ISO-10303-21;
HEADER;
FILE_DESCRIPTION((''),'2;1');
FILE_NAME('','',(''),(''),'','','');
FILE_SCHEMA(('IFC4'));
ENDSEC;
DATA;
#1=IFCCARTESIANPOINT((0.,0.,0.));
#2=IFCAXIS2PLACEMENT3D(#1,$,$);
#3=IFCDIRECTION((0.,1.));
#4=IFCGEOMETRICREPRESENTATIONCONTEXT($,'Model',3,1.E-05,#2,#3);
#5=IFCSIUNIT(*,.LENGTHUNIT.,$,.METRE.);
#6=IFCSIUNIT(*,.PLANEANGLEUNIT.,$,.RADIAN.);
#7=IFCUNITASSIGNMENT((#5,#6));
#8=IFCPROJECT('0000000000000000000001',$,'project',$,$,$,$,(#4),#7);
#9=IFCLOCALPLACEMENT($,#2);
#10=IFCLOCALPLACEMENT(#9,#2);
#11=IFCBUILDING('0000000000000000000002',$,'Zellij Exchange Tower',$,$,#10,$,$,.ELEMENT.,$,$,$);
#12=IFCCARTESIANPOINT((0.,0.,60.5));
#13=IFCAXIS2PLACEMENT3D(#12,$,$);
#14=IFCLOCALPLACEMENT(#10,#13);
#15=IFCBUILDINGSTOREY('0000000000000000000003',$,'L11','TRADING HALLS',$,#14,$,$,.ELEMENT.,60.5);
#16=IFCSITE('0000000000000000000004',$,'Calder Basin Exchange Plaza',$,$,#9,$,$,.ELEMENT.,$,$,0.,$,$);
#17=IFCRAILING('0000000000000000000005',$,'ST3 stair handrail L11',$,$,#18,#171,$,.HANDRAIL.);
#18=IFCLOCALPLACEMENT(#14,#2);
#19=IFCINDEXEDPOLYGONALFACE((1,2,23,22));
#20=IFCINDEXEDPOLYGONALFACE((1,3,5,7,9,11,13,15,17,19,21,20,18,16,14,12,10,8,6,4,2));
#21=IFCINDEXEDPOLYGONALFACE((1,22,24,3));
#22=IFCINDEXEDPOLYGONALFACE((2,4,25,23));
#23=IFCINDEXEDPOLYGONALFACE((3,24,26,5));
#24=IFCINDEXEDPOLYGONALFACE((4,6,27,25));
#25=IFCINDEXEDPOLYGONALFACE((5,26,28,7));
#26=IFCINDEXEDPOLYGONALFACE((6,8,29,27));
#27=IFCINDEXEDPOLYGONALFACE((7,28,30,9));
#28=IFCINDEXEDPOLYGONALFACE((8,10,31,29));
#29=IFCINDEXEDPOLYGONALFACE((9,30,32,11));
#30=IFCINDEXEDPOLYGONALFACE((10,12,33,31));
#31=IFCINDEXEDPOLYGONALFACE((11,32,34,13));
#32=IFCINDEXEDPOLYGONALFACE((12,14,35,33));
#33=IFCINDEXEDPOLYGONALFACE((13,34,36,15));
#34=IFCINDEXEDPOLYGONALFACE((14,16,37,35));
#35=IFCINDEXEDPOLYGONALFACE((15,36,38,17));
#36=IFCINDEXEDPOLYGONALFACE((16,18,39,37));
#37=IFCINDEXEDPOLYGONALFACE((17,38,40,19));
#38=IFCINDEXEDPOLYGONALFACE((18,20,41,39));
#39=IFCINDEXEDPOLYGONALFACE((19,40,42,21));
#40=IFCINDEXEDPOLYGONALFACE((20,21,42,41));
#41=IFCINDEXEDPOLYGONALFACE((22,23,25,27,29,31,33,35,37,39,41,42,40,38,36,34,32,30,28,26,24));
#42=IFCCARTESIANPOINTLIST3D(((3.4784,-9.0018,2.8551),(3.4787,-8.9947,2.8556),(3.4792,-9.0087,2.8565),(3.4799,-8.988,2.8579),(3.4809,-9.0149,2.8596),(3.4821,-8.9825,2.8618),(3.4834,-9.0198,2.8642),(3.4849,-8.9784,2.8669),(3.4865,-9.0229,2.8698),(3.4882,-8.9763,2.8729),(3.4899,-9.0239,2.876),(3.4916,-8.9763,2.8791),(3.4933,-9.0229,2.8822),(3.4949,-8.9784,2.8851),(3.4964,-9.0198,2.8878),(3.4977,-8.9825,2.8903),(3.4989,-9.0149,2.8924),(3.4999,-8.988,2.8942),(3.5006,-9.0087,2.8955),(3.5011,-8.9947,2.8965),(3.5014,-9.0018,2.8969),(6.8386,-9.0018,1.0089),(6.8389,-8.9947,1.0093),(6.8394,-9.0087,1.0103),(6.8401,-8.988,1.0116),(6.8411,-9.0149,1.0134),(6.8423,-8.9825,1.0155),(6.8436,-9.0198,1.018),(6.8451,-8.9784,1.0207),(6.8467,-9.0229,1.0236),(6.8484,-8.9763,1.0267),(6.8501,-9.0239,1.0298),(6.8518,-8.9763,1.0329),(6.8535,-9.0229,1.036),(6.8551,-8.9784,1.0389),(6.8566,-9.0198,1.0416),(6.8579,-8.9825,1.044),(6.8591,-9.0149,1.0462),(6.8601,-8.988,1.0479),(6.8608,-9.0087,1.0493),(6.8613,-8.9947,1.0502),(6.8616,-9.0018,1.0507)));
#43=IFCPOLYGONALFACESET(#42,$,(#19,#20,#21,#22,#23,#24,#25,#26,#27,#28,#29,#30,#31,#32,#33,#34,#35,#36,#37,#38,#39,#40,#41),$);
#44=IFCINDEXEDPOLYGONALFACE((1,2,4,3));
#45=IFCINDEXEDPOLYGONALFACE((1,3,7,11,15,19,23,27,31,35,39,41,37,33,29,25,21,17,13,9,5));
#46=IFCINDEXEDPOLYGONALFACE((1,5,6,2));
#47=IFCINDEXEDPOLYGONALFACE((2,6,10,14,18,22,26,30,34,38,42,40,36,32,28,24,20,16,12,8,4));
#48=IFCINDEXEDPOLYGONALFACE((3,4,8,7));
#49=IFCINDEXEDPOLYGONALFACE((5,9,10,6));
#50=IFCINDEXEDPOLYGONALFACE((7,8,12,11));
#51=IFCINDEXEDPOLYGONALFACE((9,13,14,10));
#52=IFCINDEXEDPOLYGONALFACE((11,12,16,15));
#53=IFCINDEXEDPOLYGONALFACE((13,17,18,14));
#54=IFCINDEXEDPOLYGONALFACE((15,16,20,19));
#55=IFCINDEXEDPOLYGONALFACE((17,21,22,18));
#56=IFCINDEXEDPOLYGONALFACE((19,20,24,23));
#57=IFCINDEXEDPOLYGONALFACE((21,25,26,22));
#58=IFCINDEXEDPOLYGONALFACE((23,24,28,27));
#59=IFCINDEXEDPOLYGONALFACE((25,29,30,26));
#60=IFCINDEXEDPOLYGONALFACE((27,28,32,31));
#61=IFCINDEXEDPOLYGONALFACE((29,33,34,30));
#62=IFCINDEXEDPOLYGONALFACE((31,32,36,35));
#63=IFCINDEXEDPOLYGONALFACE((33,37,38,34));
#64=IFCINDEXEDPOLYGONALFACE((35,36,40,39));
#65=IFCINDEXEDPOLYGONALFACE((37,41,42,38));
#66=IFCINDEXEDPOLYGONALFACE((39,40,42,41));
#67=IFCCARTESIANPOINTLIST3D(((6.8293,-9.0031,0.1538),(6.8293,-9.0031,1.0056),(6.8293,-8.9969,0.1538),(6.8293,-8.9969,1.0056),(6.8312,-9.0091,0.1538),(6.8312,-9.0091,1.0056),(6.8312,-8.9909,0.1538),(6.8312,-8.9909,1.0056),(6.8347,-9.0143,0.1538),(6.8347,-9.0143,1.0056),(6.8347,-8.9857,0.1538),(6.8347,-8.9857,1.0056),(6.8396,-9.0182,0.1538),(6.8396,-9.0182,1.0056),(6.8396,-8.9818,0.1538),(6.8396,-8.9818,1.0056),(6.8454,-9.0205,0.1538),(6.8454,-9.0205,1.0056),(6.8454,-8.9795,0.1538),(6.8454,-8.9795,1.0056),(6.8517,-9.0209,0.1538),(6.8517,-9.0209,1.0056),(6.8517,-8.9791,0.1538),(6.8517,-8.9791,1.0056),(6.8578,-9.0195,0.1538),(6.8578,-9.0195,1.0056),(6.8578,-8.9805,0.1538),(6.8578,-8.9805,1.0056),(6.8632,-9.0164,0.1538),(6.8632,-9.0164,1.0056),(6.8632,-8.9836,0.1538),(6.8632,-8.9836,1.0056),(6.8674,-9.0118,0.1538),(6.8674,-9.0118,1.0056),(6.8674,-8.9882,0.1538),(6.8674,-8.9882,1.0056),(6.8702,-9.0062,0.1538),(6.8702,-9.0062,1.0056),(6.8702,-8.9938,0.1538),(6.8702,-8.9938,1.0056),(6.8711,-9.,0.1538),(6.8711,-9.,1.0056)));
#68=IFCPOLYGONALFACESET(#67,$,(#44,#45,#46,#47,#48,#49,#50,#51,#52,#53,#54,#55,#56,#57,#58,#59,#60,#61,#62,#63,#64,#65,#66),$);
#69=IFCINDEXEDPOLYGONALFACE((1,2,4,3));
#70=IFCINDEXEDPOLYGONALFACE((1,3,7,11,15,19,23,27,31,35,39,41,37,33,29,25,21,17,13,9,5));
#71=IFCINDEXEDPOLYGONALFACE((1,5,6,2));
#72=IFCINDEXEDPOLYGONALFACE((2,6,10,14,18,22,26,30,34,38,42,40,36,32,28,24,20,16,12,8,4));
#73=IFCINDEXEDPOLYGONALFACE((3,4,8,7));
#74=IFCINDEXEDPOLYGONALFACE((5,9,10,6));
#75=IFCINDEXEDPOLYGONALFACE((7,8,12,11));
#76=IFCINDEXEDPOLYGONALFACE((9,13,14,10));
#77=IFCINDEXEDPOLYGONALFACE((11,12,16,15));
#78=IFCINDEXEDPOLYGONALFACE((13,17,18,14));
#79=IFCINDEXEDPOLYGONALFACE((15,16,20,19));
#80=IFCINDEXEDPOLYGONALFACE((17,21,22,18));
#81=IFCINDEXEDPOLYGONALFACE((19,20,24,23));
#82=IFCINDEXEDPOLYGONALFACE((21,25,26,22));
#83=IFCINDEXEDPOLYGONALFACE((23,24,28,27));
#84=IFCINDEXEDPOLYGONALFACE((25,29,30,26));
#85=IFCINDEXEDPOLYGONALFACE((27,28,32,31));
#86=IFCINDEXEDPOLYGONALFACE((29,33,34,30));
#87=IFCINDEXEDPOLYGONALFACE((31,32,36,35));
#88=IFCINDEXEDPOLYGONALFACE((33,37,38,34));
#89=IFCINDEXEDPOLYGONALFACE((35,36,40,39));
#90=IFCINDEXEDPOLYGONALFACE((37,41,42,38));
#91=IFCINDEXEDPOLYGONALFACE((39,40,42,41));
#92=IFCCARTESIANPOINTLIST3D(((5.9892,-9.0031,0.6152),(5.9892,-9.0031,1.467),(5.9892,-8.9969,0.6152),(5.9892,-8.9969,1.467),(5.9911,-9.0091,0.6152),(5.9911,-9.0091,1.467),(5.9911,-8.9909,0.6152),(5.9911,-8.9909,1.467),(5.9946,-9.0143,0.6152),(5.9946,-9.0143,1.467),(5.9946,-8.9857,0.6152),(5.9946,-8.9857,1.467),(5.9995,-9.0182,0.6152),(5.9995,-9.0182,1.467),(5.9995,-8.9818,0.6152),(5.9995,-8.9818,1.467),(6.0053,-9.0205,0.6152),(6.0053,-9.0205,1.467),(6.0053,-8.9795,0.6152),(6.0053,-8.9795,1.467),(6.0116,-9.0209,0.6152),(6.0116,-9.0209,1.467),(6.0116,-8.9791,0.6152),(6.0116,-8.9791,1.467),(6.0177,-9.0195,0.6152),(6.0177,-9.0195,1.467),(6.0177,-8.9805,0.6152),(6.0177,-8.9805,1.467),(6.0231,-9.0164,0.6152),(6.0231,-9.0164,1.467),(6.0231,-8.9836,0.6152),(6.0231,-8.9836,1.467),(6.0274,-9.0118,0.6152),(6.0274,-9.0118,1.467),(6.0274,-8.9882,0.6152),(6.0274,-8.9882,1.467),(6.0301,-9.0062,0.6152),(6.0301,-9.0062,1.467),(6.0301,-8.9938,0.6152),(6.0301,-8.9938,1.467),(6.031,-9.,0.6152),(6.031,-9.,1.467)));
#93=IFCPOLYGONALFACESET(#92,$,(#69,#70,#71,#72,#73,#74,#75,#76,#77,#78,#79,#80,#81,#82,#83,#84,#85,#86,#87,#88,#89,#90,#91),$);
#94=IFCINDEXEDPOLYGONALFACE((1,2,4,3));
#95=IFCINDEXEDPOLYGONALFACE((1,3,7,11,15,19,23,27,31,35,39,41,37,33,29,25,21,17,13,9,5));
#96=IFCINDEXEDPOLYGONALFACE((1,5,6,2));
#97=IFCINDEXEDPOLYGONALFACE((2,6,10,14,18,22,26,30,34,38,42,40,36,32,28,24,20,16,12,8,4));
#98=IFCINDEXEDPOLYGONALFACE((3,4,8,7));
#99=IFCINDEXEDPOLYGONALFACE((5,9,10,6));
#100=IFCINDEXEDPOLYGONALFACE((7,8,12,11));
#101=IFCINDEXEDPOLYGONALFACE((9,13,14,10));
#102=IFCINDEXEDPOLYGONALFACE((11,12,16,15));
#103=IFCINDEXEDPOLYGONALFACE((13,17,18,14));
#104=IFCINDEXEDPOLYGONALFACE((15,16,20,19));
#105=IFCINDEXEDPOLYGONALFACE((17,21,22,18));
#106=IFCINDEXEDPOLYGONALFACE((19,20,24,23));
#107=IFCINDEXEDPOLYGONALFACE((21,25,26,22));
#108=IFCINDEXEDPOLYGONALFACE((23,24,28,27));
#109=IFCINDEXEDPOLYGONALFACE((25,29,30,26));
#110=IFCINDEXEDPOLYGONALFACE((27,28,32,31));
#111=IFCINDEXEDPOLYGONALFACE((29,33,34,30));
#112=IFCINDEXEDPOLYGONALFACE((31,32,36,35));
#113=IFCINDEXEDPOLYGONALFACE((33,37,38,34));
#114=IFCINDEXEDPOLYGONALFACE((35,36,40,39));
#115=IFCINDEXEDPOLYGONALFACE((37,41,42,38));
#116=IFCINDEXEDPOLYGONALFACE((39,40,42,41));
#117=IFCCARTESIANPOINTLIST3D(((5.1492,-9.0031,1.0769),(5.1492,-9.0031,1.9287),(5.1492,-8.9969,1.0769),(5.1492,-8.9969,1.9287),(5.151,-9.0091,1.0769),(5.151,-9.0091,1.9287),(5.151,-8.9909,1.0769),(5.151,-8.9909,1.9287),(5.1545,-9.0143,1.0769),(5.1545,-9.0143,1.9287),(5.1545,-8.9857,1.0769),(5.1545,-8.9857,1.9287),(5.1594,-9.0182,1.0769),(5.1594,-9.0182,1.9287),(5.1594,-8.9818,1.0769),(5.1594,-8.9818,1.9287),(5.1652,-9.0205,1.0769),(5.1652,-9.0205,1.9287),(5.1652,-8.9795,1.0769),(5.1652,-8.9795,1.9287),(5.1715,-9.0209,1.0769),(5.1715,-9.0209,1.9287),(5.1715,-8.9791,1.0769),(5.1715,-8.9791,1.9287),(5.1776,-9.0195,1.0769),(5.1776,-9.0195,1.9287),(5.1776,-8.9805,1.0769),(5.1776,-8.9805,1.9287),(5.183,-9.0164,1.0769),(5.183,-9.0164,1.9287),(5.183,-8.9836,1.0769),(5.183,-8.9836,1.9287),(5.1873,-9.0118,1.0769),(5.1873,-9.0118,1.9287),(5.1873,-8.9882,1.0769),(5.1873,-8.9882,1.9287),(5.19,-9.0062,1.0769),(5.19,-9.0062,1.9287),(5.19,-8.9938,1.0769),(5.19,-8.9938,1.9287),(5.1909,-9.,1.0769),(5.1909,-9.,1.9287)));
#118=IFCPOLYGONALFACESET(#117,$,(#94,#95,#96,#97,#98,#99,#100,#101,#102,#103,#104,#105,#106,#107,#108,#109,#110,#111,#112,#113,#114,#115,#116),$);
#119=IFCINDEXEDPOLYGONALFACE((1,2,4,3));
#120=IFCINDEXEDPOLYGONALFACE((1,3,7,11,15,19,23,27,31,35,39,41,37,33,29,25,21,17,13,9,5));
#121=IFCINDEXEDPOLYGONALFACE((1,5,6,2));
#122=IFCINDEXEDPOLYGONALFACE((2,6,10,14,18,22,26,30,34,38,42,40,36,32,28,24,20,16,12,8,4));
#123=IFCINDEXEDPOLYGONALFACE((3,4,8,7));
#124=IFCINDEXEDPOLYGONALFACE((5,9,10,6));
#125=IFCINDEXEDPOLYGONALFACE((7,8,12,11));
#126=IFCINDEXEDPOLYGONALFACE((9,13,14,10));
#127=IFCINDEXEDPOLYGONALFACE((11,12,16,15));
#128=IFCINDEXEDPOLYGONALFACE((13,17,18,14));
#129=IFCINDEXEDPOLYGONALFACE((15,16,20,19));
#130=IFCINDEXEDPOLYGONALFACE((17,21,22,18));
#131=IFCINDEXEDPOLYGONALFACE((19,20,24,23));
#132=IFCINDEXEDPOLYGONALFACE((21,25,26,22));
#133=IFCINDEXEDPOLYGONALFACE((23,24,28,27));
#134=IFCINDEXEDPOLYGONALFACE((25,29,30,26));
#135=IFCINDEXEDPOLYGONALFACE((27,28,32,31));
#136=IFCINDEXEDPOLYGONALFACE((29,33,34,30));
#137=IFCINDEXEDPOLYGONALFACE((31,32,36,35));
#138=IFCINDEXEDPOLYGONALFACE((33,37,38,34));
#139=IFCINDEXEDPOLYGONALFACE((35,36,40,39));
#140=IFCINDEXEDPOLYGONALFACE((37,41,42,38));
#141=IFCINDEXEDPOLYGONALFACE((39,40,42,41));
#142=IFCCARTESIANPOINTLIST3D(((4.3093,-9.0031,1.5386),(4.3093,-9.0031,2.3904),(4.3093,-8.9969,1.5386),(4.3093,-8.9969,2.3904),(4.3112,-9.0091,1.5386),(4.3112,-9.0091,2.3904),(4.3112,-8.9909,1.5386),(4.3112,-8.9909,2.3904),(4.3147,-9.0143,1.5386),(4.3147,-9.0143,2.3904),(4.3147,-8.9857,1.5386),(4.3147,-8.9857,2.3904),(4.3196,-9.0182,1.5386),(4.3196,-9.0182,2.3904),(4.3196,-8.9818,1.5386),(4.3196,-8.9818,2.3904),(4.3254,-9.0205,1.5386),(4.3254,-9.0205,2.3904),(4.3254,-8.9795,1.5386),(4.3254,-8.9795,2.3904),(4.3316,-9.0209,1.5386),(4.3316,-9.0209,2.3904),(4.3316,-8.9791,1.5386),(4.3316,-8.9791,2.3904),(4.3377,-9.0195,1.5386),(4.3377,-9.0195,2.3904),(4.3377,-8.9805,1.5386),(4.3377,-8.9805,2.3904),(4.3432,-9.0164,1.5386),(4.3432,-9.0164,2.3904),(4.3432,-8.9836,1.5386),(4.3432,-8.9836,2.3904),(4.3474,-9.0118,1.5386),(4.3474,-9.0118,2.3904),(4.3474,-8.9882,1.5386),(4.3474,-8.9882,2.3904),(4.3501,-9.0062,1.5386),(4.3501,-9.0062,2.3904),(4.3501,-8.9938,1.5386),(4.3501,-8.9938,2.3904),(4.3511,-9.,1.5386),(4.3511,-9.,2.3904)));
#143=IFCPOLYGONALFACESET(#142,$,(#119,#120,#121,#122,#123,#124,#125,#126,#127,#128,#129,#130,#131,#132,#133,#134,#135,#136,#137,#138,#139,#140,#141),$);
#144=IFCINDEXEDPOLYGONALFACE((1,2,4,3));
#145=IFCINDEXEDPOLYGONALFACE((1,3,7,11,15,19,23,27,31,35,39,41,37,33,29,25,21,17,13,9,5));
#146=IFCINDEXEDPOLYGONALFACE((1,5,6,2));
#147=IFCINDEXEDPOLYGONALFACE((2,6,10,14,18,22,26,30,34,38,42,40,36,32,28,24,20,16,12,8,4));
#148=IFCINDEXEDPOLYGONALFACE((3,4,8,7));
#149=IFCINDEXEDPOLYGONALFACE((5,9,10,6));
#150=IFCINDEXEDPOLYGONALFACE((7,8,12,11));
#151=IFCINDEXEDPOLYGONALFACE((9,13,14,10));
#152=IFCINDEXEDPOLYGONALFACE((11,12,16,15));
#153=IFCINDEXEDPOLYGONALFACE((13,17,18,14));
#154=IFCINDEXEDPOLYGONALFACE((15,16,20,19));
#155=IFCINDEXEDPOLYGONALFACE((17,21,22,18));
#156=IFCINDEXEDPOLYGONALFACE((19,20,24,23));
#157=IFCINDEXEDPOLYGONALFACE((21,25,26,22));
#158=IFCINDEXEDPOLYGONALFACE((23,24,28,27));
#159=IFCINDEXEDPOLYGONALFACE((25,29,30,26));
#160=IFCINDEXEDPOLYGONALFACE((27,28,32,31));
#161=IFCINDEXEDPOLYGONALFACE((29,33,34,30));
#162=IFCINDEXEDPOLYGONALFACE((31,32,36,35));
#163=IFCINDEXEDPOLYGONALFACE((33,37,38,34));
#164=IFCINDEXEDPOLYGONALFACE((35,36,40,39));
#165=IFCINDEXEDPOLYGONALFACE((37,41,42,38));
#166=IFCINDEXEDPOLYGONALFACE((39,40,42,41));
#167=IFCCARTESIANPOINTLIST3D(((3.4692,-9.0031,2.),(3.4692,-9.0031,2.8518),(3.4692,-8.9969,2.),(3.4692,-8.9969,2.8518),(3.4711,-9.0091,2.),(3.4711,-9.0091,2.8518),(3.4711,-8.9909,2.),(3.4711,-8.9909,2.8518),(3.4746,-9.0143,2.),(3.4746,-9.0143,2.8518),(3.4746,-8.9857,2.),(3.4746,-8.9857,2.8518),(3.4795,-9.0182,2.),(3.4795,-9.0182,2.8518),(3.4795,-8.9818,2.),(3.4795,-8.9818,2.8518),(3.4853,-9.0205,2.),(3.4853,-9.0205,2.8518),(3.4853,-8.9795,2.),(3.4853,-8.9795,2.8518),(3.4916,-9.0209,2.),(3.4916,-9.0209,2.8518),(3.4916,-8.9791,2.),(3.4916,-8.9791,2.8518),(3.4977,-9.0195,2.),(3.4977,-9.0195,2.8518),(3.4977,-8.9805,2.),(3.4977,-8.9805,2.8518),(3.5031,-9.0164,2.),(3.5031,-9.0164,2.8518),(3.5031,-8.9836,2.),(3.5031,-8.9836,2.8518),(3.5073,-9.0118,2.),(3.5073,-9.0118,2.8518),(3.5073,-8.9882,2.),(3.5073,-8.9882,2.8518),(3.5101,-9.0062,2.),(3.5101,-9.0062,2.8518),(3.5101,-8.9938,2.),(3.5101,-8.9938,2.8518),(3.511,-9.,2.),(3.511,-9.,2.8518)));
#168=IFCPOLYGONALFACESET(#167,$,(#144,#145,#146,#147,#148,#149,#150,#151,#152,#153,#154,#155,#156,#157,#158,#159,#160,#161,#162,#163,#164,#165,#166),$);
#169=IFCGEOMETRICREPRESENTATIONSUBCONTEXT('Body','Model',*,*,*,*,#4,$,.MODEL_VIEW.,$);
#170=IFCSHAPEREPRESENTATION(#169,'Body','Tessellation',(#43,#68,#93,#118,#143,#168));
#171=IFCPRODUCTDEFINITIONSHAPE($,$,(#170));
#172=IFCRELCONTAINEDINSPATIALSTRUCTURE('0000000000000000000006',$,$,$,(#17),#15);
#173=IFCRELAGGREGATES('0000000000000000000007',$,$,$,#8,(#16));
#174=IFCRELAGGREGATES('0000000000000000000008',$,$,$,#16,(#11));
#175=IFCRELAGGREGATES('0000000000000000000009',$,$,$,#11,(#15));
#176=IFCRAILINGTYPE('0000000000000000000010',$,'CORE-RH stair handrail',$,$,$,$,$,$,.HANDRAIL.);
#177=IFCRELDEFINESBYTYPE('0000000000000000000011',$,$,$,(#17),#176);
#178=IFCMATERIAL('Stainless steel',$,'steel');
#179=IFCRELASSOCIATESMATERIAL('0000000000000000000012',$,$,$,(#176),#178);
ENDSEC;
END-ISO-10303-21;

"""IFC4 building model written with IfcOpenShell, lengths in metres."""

from ifc_helpers import new_model, si_unit, direction, frame, origin, origin_2d, place, context, subcontext, project, spatial, circle, extrude, material, type_object, element, save


model = new_model("IFC4")

# Units and contexts
model_context = context("Model", 3, precision=1e-05, world=origin(), true_north=direction((0.0, 1.0)))
body_context = subcontext(model_context, "Body", "Model", "MODEL_VIEW")
ifc_project = project(units=[si_unit("LENGTHUNIT", "METRE"), si_unit("PLANEANGLEUNIT", "RADIAN")], contexts=[model_context])

# Site, building, storey
site_placement = place(None, origin())
site = spatial("IfcSite", under=ifc_project, at=site_placement, Name="Calder Basin Exchange Plaza", CompositionType="ELEMENT", RefElevation=0.0)
building_placement = place(site_placement, origin())
building = spatial("IfcBuilding", under=site, at=building_placement, Name="Zellij Exchange Tower", CompositionType="ELEMENT")
storey_placement = place(building_placement, frame((0.0, 0.0, 60.5)))
storey = spatial("IfcBuildingStorey", under=building, at=storey_placement, Name="L11", Description="TRADING HALLS", CompositionType="ELEMENT", Elevation=60.5)

# Railing
ifc_material_1 = material(Name="Stainless steel", Category="steel")
railing_type_1 = type_object("IfcRailingType", Name="CORE-RH stair handrail", PredefinedType="HANDRAIL", material=ifc_material_1)
railing_1_placement = place(storey_placement, frame((6.8501, -9.0, 0.1538)))
element("IfcRailing", 1, at=railing_1_placement, inside=storey, type_object=railing_type_1, Name="ST3 stair handrail L11", PredefinedType="HANDRAIL", context=body_context, shape_type="SweptSolid", body=[
    extrude(circle(Radius=0.0239, at=origin_2d()), frame((0.0, 0.0, 0.876), z_axis=(-0.876422, 0.0, 0.481545), x_axis=(0.0, -1.0, 0.0)), (0.0, 0.0, 1.0), 3.834),
    extrude(circle(Radius=0.021, at=origin_2d()), origin(), (0.0, 0.0, 1.0), 0.8518),
    extrude(circle(Radius=0.021, at=origin_2d()), frame((-0.8401, 0.0, 0.4614)), (0.0, 0.0, 1.0), 0.8518),
    extrude(circle(Radius=0.021, at=origin_2d()), frame((-1.6802, 0.0, 0.9231)), (0.0, 0.0, 1.0), 0.8518),
    extrude(circle(Radius=0.021, at=origin_2d()), frame((-2.52, 0.0, 1.3848)), (0.0, 0.0, 1.0), 0.8518),
    extrude(circle(Radius=0.021, at=origin_2d()), frame((-3.3601, 0.0, 1.8462)), (0.0, 0.0, 1.0), 0.8518),
])

save(model, "model.ifc")
